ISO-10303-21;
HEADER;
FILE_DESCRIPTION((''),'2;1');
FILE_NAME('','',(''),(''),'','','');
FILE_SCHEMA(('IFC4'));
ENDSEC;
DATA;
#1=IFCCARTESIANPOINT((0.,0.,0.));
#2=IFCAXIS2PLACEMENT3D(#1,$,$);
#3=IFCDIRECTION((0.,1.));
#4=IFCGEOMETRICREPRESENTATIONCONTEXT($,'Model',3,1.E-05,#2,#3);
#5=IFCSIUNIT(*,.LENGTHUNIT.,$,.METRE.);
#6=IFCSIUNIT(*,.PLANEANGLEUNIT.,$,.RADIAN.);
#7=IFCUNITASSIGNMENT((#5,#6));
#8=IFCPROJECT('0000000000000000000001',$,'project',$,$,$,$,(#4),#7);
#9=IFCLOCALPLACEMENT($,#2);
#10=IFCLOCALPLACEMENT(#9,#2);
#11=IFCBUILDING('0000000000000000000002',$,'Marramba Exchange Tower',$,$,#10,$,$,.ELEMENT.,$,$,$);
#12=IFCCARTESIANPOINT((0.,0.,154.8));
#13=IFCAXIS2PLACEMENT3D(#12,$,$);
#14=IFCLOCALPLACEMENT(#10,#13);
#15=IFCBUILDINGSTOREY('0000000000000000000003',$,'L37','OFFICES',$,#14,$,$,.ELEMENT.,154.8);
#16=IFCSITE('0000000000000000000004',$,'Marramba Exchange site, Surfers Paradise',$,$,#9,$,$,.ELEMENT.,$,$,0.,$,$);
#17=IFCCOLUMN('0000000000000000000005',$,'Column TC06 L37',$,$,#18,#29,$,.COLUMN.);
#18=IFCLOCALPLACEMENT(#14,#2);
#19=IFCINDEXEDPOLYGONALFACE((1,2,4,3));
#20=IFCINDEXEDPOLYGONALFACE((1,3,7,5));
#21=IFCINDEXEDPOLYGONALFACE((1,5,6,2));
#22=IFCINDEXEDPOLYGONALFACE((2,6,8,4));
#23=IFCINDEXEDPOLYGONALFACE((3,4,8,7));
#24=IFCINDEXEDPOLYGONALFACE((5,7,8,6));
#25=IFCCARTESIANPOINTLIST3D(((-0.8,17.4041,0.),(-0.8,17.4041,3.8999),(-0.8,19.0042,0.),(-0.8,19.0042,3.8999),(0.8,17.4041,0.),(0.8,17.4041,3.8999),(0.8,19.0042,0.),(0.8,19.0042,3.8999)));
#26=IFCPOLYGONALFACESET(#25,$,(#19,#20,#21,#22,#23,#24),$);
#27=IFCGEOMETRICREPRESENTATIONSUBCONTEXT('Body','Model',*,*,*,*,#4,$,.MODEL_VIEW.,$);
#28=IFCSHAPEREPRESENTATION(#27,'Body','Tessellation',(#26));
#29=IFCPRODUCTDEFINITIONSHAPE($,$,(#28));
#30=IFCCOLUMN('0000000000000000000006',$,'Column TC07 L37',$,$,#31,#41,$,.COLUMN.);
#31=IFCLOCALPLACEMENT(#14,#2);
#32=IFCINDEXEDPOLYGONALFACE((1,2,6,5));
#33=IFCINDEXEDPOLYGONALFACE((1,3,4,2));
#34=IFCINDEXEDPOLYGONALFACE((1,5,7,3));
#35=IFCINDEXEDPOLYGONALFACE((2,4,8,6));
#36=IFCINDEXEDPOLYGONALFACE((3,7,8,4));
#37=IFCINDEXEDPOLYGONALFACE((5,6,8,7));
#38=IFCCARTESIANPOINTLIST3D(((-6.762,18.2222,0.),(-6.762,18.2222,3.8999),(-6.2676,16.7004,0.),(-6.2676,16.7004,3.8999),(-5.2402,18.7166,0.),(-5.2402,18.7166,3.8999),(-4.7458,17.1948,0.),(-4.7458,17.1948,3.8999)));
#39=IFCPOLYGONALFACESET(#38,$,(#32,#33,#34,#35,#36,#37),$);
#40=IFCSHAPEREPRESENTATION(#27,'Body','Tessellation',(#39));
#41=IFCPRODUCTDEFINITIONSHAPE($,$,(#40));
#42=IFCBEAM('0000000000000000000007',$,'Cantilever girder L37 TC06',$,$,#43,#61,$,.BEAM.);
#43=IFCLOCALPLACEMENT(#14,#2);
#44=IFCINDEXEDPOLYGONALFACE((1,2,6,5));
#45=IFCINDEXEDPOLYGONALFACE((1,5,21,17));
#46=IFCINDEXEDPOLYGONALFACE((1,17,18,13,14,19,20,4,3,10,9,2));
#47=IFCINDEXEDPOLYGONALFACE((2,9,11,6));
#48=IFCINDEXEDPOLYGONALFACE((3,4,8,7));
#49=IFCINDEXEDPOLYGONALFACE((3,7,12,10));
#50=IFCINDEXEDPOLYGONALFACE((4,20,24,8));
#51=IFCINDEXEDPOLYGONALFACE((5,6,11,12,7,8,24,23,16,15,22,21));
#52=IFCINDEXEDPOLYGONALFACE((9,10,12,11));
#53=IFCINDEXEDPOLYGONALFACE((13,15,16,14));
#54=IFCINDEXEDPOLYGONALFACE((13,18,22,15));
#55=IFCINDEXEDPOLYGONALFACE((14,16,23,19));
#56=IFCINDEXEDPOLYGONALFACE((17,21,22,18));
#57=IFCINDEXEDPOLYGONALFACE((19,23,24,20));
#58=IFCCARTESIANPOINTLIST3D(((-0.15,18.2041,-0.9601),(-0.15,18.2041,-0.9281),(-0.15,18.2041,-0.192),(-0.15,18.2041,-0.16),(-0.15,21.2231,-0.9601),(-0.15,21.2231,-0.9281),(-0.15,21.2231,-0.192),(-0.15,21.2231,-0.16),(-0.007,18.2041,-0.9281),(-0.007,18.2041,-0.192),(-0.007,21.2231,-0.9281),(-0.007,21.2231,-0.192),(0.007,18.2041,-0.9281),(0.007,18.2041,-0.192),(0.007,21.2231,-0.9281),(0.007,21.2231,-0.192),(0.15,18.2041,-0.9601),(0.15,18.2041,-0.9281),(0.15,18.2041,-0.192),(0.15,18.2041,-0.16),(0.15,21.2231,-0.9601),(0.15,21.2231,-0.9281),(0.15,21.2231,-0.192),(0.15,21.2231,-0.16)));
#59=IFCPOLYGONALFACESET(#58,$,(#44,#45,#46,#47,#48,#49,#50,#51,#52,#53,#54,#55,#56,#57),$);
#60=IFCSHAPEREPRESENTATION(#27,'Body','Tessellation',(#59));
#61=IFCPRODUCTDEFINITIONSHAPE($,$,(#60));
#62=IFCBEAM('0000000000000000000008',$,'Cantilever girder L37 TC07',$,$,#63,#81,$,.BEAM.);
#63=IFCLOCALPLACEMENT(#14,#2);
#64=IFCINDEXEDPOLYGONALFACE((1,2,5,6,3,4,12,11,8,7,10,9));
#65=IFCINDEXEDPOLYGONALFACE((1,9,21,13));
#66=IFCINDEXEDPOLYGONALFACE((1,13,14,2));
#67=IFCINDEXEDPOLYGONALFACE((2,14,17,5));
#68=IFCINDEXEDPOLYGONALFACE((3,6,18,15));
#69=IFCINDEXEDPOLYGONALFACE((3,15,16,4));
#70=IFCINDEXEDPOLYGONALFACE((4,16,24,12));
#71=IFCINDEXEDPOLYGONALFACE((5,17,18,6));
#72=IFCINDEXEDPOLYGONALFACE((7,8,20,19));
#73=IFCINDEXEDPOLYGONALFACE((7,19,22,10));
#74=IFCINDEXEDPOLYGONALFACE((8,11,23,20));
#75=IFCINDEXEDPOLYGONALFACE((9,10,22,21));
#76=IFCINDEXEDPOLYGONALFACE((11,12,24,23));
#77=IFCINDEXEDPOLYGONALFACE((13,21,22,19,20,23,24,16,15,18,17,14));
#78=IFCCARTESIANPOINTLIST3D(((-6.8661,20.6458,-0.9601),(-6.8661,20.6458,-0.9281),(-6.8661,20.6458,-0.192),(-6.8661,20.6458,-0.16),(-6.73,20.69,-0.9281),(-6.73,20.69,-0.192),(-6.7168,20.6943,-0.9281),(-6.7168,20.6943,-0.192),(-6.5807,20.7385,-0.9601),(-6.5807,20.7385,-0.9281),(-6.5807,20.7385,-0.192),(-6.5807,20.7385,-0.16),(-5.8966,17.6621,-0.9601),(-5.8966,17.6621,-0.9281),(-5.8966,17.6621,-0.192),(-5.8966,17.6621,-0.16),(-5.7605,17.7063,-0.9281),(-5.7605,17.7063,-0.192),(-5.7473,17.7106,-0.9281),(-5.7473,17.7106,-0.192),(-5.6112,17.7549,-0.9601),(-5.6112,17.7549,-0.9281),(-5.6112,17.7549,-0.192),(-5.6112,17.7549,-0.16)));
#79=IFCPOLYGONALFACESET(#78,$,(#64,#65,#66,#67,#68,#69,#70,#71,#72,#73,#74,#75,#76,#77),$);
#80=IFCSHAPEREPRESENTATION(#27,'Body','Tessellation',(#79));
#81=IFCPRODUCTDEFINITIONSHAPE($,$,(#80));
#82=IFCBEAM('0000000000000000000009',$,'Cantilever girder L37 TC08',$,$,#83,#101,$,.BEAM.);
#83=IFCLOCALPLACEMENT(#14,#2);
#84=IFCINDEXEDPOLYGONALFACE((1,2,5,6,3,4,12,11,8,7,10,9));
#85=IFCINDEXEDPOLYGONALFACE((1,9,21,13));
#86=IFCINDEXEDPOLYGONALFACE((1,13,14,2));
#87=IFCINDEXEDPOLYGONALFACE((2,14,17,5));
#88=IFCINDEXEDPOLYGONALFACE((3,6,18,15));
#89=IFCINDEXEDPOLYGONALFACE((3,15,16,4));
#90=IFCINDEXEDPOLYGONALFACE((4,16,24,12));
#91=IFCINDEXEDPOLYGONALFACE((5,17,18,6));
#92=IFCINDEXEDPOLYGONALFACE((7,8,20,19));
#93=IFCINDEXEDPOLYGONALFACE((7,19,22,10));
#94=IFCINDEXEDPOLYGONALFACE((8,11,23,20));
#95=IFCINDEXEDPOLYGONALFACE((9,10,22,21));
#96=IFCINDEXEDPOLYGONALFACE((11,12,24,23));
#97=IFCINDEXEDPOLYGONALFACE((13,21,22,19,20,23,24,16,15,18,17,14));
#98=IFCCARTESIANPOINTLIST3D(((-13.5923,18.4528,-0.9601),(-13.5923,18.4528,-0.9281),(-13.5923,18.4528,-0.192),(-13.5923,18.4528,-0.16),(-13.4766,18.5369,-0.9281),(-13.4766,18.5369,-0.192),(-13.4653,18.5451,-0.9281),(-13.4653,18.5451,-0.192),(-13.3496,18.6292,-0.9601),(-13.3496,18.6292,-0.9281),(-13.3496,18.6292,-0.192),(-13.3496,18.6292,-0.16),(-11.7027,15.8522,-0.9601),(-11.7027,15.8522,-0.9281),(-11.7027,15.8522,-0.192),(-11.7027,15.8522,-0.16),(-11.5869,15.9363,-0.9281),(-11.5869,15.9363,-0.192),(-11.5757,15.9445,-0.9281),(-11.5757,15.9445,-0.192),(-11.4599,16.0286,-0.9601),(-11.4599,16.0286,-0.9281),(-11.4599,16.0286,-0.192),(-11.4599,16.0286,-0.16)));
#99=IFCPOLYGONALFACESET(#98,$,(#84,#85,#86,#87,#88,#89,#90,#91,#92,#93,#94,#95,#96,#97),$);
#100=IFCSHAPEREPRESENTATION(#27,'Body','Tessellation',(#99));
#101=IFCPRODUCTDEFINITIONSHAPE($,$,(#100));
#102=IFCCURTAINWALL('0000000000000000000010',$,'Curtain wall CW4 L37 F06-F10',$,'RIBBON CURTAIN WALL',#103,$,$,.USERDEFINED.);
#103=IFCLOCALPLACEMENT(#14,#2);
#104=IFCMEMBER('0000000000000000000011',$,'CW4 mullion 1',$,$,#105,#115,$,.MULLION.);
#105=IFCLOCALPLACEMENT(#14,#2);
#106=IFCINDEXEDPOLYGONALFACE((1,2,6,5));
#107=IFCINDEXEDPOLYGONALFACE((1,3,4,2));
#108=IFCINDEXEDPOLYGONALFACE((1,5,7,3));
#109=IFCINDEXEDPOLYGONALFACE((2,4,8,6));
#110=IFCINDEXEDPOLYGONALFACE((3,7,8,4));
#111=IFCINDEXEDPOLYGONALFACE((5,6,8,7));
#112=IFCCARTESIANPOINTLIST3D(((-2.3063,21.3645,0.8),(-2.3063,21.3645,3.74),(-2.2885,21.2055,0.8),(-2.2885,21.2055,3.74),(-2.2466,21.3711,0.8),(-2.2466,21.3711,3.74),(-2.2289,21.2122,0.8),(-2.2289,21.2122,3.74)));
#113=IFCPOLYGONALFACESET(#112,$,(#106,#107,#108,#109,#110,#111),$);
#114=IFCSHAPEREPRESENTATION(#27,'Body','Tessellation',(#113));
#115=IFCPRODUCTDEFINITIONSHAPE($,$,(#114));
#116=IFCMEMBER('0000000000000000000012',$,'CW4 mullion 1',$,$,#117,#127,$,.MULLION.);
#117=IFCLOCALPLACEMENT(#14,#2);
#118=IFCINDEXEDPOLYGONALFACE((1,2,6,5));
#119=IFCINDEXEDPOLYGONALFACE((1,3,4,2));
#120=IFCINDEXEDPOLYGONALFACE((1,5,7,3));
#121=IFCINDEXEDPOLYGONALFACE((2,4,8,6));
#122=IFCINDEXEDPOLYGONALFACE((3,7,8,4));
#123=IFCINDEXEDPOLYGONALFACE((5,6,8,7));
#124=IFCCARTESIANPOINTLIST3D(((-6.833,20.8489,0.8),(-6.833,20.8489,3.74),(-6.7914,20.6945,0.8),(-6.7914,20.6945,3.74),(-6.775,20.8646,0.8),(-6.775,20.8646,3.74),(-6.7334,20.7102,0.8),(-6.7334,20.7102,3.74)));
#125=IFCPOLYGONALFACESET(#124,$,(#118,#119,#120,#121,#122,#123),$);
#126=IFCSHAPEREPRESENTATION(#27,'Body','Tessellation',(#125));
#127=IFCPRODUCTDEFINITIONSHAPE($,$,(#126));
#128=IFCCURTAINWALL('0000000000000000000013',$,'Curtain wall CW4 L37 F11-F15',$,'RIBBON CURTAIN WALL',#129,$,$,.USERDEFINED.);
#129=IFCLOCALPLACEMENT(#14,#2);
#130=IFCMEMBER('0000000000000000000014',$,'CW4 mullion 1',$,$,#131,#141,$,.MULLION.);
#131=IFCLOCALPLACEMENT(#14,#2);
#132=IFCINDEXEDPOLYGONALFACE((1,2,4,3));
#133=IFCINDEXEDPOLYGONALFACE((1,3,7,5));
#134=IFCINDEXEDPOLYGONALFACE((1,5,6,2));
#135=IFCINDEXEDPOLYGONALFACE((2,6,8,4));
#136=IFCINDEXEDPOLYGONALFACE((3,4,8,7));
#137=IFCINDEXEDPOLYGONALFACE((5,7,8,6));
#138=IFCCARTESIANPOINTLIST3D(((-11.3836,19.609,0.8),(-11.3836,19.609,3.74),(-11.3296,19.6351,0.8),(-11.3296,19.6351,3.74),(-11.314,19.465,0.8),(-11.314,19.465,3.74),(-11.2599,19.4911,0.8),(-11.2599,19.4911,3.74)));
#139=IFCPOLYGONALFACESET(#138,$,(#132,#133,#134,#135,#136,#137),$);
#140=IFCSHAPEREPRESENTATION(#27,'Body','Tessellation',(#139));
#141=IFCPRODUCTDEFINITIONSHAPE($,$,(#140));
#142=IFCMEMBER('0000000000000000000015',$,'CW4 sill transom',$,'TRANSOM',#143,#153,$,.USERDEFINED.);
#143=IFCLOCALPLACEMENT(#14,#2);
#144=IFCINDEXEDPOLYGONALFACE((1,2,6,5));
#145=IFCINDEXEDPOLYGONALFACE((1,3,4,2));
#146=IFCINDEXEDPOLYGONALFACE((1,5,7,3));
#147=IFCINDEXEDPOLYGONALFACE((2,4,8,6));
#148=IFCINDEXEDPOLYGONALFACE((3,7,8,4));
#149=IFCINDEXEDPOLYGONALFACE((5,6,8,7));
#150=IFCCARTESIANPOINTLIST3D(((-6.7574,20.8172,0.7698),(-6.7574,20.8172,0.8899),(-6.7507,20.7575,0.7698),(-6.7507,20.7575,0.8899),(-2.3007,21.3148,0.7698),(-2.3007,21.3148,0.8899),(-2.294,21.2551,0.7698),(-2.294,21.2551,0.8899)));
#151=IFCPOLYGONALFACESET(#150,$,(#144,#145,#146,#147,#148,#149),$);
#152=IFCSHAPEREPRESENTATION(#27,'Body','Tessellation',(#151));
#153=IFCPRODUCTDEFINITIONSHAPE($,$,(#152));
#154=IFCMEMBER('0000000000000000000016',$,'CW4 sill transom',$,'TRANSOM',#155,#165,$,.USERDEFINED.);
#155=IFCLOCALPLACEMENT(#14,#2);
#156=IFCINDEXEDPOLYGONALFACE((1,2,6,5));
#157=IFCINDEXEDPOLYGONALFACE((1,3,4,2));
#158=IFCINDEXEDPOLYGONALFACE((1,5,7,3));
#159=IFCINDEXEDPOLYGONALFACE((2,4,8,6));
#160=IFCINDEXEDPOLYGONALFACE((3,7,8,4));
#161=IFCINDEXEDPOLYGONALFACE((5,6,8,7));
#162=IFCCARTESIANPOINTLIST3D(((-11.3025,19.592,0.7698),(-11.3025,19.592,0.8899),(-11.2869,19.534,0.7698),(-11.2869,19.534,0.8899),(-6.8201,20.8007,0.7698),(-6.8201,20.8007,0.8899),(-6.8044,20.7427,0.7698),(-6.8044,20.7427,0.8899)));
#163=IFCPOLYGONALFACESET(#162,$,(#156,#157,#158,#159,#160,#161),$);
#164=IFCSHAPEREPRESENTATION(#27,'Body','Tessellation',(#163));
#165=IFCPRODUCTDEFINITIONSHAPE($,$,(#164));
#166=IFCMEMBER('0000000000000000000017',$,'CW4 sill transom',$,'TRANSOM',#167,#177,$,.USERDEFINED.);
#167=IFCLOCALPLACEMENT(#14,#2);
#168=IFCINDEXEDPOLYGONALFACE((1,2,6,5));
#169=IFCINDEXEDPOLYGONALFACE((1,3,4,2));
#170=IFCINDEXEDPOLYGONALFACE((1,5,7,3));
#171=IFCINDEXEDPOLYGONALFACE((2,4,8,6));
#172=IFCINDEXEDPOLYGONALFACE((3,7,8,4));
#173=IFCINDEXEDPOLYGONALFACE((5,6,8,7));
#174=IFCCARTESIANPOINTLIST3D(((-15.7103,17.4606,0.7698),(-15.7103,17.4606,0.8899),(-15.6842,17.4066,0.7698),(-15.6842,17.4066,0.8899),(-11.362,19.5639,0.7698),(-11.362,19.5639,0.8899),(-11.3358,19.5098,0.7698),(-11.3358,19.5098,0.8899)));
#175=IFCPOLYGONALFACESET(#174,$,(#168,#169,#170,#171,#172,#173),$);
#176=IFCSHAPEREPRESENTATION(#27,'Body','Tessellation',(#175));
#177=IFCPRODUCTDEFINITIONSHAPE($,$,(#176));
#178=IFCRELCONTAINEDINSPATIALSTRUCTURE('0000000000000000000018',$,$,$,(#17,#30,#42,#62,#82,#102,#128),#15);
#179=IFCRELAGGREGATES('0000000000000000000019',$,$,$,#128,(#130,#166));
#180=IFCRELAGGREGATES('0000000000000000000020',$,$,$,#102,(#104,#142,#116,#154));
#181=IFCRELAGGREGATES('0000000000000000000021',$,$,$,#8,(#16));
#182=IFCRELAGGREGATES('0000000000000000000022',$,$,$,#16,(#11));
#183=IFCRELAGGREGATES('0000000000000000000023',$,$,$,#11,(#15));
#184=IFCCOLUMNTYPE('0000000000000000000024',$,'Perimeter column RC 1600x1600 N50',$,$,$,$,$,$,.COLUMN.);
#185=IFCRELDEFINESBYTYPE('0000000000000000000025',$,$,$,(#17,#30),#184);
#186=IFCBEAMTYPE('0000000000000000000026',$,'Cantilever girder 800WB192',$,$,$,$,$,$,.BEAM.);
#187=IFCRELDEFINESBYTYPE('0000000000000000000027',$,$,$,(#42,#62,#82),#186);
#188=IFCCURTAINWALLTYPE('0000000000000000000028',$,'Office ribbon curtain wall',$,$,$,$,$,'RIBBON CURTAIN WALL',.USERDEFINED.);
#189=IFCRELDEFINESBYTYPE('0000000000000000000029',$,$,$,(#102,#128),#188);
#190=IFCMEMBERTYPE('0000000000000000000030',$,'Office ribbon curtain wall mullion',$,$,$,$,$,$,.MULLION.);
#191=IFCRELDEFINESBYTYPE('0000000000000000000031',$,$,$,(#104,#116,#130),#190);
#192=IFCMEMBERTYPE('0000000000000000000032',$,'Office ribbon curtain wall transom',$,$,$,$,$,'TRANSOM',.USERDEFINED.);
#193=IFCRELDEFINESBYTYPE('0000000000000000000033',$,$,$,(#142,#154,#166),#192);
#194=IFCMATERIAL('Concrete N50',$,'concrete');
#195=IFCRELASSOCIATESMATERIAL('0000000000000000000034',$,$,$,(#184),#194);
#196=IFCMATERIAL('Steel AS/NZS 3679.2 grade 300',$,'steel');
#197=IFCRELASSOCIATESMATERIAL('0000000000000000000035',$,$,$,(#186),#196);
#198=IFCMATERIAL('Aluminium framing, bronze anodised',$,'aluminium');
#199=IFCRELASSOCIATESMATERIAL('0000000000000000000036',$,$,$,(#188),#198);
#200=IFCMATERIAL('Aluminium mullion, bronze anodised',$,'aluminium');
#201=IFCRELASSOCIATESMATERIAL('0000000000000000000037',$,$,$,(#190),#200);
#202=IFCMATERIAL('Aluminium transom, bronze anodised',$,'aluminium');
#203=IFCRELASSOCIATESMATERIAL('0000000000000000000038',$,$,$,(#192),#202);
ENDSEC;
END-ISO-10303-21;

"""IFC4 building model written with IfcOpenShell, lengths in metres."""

from ifc_helpers import new_model, si_unit, direction, frame, origin, origin_2d, place, context, subcontext, project, spatial, rectangle, i_section, extrude, material, material_profile, profile_set, type_object, element, aggregate, save


model = new_model("IFC4")

# Units and contexts
model_context = context("Model", 3, precision=1e-05, world=origin(), true_north=direction((0.0, 1.0)))
body_context = subcontext(model_context, "Body", "Model", "MODEL_VIEW")
ifc_project = project(units=[si_unit("LENGTHUNIT", "METRE"), si_unit("PLANEANGLEUNIT", "RADIAN")], contexts=[model_context])

# Site, building, storey
site_placement = place(None, origin())
site = spatial("IfcSite", under=ifc_project, at=site_placement, Name="Marramba Exchange site, Surfers Paradise", CompositionType="ELEMENT", RefElevation=0.0)
building_placement = place(site_placement, origin())
building = spatial("IfcBuilding", under=site, at=building_placement, Name="Marramba Exchange Tower", CompositionType="ELEMENT")
storey_placement = place(building_placement, frame((0.0, 0.0, 154.8)))
storey = spatial("IfcBuildingStorey", under=building, at=storey_placement, Name="L37", Description="OFFICES", CompositionType="ELEMENT", Elevation=154.8)

# Columns
ifc_material_1 = material(Name="Concrete N50", Category="concrete")
ifc_material_profile_1 = material_profile(ifc_material_1, rectangle(XDim=1.6001, YDim=1.6001, at=origin_2d()), Name="RC 1600x1600")
ifc_profile_set_1 = profile_set([ifc_material_profile_1], Name="Concrete N50")
column_type = type_object("IfcColumnType", Name="Perimeter column RC 1600x1600 N50", PredefinedType="COLUMN", material=ifc_profile_set_1)
for number, where, z_axis, x_axis, name in (
    (1, (0.0, 18.2041, 0.0), (0.0, 0.0, 1.0), (0.0, 1.0, 0.0), "Column TC06 L37"),
    (2, (-5.7539, 17.7085, 0.0), (0.0, 0.0, 1.0), (-0.309017, 0.951057, 0.0), "Column TC07 L37"),
):
    element("IfcColumn", number, at=place(storey_placement, frame(where, z_axis=z_axis, x_axis=x_axis)), inside=storey, type_object=column_type, Name=name, PredefinedType="COLUMN", context=body_context, shape_type="SweptSolid", body=[
        extrude(rectangle(XDim=1.6001, YDim=1.6001, at=origin_2d()), origin(), (0.0, 0.0, 1.0), 3.8999),
    ])

# Beams
ifc_material_2 = material(Name="Steel AS/NZS 3679.2 grade 300", Category="steel")
ifc_material_profile_2 = material_profile(ifc_material_2, i_section(OverallWidth=0.3, OverallDepth=0.8, WebThickness=0.0139, FlangeThickness=0.032, at=origin_2d()), Name="800WB192")
ifc_profile_set_2 = profile_set([ifc_material_profile_2], Name="Steel AS/NZS 3679.2 grade 300")
beam_type_1 = type_object("IfcBeamType", Name="Cantilever girder 800WB192", PredefinedType="BEAM", material=ifc_profile_set_2)
beam_1_placement = place(storey_placement, frame((0.0, 18.2041, -0.5601), z_axis=(0.0, 1.0, 0.0), x_axis=(-1.0, 0.0, 0.0)))
element("IfcBeam", 3, at=beam_1_placement, inside=storey, type_object=beam_type_1, Name="Cantilever girder L37 TC06", PredefinedType="BEAM", context=body_context, shape_type="SweptSolid", body=[
    extrude(i_section(OverallWidth=0.3, OverallDepth=0.8, WebThickness=0.0139, FlangeThickness=0.032, at=origin_2d()), origin(), (0.0, 0.0, 1.0), 3.019),
])
beam_2_placement = place(storey_placement, frame((-5.7539, 17.7085, -0.5601), z_axis=(-0.309028, 0.951053, 0.0), x_axis=(-0.951053, -0.309028, 0.0)))
element("IfcBeam", 4, at=beam_2_placement, inside=storey, type_object=beam_type_1, Name="Cantilever girder L37 TC07", PredefinedType="BEAM", context=body_context, shape_type="SweptSolid", body=[
    extrude(i_section(OverallWidth=0.3, OverallDepth=0.8, WebThickness=0.0139, FlangeThickness=0.032, at=origin_2d()), origin(), (0.0, 0.0, 1.0), 3.1372),
])
beam_3_placement = place(storey_placement, frame((-11.5813, 15.9404, -0.5601), z_axis=(-0.587828, 0.808986, 0.0), x_axis=(-0.808986, -0.587828, 0.0)))
element("IfcBeam", 5, at=beam_3_placement, inside=storey, type_object=beam_type_1, Name="Cantilever girder L37 TC08", PredefinedType="BEAM", context=body_context, shape_type="SweptSolid", body=[
    extrude(i_section(OverallWidth=0.3, OverallDepth=0.8, WebThickness=0.0139, FlangeThickness=0.032, at=origin_2d()), origin(), (0.0, 0.0, 1.0), 3.2146),
])

# Curtain wall, members
ifc_material_3 = material(Name="Aluminium framing, bronze anodised", Category="aluminium")
curtain_wall_type = type_object("IfcCurtainWallType", Name="Office ribbon curtain wall", ElementType="RIBBON CURTAIN WALL", PredefinedType="USERDEFINED", material=ifc_material_3)
curtain_wall_1_placement = place(storey_placement, origin())
curtain_wall_1 = element("IfcCurtainWall", 6, at=curtain_wall_1_placement, inside=storey, type_object=curtain_wall_type, Name="Curtain wall CW4 L37 F06-F10", ObjectType="RIBBON CURTAIN WALL", PredefinedType="USERDEFINED")
ifc_material_4 = material(Name="Aluminium mullion, bronze anodised", Category="aluminium")
ifc_material_profile_3 = material_profile(ifc_material_4, rectangle(XDim=0.1599, YDim=0.0601, at=origin_2d()), Name="CW4 mullion 60x160")
ifc_profile_set_3 = profile_set([ifc_material_profile_3], Name="Aluminium mullion, bronze anodised")
member_type_1 = type_object("IfcMemberType", Name="Office ribbon curtain wall mullion", PredefinedType="MULLION", material=ifc_profile_set_3)
member_1_placement = place(storey_placement, frame((-2.2676, 21.2883, 0.8), z_axis=(0.0, 0.0, 1.0), x_axis=(0.110973, -0.993823, 0.0)))
member_1 = element("IfcMember", 7, at=member_1_placement, type_object=member_type_1, Name="CW4 mullion 1", PredefinedType="MULLION", context=body_context, shape_type="SweptSolid", body=[
    extrude(rectangle(XDim=0.1599, YDim=0.0601, at=origin_2d()), origin(), (0.0, 0.0, 1.0), 2.9399),
])
member_2_placement = place(storey_placement, frame((-6.7832, 20.7795, 0.8), z_axis=(0.0, 0.0, 1.0), x_axis=(0.260321, -0.965522, 0.0)))
member_2 = element("IfcMember", 8, at=member_2_placement, type_object=member_type_1, Name="CW4 mullion 1", PredefinedType="MULLION", context=body_context, shape_type="SweptSolid", body=[
    extrude(rectangle(XDim=0.1599, YDim=0.0601, at=origin_2d()), origin(), (0.0, 0.0, 1.0), 2.9399),
])

# Curtain wall, member
curtain_wall_2_placement = place(storey_placement, origin())
curtain_wall_2 = element("IfcCurtainWall", 9, at=curtain_wall_2_placement, inside=storey, type_object=curtain_wall_type, Name="Curtain wall CW4 L37 F11-F15", ObjectType="RIBBON CURTAIN WALL", PredefinedType="USERDEFINED")
member_3_placement = place(storey_placement, frame((-11.3218, 19.55, 0.8), z_axis=(0.0, 0.0, 1.0), x_axis=(0.435428, -0.900224, 0.0)))
member_3 = element("IfcMember", 10, at=member_3_placement, type_object=member_type_1, Name="CW4 mullion 1", PredefinedType="MULLION", context=body_context, shape_type="SweptSolid", body=[
    extrude(rectangle(XDim=0.1599, YDim=0.0601, at=origin_2d()), origin(), (0.0, 0.0, 1.0), 2.9399),
])

# Members
ifc_material_5 = material(Name="Aluminium transom, bronze anodised", Category="aluminium")
ifc_material_profile_4 = material_profile(ifc_material_5, rectangle(XDim=0.0601, YDim=0.1201, at=origin_2d()), Name="CW4 transom 60x120")
ifc_profile_set_4 = profile_set([ifc_material_profile_4], Name="Aluminium transom, bronze anodised")
member_type_2 = type_object("IfcMemberType", Name="Office ribbon curtain wall transom", ElementType="TRANSOM", PredefinedType="USERDEFINED", material=ifc_profile_set_4)
member_4_placement = place(storey_placement, frame((-2.2974, 21.2849, 0.8298), z_axis=(-0.993826, -0.110951, 0.0), x_axis=(0.110951, -0.993826, 0.0)))
member_4 = element("IfcMember", 11, at=member_4_placement, type_object=member_type_2, Name="CW4 sill transom", ObjectType="TRANSOM", PredefinedType="USERDEFINED", context=body_context, shape_type="SweptSolid", body=[
    extrude(rectangle(XDim=0.0601, YDim=0.1201, at=origin_2d()), origin(), (0.0, 0.0, 1.0), 4.4844),
])
member_5_placement = place(storey_placement, frame((-6.8123, 20.7717, 0.8298), z_axis=(-0.965511, -0.260362, 0.0), x_axis=(0.260362, -0.965511, 0.0)))
member_5 = element("IfcMember", 12, at=member_5_placement, type_object=member_type_2, Name="CW4 sill transom", ObjectType="TRANSOM", PredefinedType="USERDEFINED", context=body_context, shape_type="SweptSolid", body=[
    extrude(rectangle(XDim=0.0601, YDim=0.1201, at=origin_2d()), origin(), (0.0, 0.0, 1.0), 4.6426),
])
member_6_placement = place(storey_placement, frame((-11.3489, 19.5369, 0.8298), z_axis=(-0.900223, -0.435429, 0.0), x_axis=(0.435429, -0.900223, 0.0)))
member_6 = element("IfcMember", 13, at=member_6_placement, type_object=member_type_2, Name="CW4 sill transom", ObjectType="TRANSOM", PredefinedType="USERDEFINED", context=body_context, shape_type="SweptSolid", body=[
    extrude(rectangle(XDim=0.0601, YDim=0.1201, at=origin_2d()), origin(), (0.0, 0.0, 1.0), 4.8303),
])
aggregate(curtain_wall_2, [member_3, member_6])

aggregate(curtain_wall_1, [member_1, member_4, member_2, member_5])

save(model, "model.ifc")
